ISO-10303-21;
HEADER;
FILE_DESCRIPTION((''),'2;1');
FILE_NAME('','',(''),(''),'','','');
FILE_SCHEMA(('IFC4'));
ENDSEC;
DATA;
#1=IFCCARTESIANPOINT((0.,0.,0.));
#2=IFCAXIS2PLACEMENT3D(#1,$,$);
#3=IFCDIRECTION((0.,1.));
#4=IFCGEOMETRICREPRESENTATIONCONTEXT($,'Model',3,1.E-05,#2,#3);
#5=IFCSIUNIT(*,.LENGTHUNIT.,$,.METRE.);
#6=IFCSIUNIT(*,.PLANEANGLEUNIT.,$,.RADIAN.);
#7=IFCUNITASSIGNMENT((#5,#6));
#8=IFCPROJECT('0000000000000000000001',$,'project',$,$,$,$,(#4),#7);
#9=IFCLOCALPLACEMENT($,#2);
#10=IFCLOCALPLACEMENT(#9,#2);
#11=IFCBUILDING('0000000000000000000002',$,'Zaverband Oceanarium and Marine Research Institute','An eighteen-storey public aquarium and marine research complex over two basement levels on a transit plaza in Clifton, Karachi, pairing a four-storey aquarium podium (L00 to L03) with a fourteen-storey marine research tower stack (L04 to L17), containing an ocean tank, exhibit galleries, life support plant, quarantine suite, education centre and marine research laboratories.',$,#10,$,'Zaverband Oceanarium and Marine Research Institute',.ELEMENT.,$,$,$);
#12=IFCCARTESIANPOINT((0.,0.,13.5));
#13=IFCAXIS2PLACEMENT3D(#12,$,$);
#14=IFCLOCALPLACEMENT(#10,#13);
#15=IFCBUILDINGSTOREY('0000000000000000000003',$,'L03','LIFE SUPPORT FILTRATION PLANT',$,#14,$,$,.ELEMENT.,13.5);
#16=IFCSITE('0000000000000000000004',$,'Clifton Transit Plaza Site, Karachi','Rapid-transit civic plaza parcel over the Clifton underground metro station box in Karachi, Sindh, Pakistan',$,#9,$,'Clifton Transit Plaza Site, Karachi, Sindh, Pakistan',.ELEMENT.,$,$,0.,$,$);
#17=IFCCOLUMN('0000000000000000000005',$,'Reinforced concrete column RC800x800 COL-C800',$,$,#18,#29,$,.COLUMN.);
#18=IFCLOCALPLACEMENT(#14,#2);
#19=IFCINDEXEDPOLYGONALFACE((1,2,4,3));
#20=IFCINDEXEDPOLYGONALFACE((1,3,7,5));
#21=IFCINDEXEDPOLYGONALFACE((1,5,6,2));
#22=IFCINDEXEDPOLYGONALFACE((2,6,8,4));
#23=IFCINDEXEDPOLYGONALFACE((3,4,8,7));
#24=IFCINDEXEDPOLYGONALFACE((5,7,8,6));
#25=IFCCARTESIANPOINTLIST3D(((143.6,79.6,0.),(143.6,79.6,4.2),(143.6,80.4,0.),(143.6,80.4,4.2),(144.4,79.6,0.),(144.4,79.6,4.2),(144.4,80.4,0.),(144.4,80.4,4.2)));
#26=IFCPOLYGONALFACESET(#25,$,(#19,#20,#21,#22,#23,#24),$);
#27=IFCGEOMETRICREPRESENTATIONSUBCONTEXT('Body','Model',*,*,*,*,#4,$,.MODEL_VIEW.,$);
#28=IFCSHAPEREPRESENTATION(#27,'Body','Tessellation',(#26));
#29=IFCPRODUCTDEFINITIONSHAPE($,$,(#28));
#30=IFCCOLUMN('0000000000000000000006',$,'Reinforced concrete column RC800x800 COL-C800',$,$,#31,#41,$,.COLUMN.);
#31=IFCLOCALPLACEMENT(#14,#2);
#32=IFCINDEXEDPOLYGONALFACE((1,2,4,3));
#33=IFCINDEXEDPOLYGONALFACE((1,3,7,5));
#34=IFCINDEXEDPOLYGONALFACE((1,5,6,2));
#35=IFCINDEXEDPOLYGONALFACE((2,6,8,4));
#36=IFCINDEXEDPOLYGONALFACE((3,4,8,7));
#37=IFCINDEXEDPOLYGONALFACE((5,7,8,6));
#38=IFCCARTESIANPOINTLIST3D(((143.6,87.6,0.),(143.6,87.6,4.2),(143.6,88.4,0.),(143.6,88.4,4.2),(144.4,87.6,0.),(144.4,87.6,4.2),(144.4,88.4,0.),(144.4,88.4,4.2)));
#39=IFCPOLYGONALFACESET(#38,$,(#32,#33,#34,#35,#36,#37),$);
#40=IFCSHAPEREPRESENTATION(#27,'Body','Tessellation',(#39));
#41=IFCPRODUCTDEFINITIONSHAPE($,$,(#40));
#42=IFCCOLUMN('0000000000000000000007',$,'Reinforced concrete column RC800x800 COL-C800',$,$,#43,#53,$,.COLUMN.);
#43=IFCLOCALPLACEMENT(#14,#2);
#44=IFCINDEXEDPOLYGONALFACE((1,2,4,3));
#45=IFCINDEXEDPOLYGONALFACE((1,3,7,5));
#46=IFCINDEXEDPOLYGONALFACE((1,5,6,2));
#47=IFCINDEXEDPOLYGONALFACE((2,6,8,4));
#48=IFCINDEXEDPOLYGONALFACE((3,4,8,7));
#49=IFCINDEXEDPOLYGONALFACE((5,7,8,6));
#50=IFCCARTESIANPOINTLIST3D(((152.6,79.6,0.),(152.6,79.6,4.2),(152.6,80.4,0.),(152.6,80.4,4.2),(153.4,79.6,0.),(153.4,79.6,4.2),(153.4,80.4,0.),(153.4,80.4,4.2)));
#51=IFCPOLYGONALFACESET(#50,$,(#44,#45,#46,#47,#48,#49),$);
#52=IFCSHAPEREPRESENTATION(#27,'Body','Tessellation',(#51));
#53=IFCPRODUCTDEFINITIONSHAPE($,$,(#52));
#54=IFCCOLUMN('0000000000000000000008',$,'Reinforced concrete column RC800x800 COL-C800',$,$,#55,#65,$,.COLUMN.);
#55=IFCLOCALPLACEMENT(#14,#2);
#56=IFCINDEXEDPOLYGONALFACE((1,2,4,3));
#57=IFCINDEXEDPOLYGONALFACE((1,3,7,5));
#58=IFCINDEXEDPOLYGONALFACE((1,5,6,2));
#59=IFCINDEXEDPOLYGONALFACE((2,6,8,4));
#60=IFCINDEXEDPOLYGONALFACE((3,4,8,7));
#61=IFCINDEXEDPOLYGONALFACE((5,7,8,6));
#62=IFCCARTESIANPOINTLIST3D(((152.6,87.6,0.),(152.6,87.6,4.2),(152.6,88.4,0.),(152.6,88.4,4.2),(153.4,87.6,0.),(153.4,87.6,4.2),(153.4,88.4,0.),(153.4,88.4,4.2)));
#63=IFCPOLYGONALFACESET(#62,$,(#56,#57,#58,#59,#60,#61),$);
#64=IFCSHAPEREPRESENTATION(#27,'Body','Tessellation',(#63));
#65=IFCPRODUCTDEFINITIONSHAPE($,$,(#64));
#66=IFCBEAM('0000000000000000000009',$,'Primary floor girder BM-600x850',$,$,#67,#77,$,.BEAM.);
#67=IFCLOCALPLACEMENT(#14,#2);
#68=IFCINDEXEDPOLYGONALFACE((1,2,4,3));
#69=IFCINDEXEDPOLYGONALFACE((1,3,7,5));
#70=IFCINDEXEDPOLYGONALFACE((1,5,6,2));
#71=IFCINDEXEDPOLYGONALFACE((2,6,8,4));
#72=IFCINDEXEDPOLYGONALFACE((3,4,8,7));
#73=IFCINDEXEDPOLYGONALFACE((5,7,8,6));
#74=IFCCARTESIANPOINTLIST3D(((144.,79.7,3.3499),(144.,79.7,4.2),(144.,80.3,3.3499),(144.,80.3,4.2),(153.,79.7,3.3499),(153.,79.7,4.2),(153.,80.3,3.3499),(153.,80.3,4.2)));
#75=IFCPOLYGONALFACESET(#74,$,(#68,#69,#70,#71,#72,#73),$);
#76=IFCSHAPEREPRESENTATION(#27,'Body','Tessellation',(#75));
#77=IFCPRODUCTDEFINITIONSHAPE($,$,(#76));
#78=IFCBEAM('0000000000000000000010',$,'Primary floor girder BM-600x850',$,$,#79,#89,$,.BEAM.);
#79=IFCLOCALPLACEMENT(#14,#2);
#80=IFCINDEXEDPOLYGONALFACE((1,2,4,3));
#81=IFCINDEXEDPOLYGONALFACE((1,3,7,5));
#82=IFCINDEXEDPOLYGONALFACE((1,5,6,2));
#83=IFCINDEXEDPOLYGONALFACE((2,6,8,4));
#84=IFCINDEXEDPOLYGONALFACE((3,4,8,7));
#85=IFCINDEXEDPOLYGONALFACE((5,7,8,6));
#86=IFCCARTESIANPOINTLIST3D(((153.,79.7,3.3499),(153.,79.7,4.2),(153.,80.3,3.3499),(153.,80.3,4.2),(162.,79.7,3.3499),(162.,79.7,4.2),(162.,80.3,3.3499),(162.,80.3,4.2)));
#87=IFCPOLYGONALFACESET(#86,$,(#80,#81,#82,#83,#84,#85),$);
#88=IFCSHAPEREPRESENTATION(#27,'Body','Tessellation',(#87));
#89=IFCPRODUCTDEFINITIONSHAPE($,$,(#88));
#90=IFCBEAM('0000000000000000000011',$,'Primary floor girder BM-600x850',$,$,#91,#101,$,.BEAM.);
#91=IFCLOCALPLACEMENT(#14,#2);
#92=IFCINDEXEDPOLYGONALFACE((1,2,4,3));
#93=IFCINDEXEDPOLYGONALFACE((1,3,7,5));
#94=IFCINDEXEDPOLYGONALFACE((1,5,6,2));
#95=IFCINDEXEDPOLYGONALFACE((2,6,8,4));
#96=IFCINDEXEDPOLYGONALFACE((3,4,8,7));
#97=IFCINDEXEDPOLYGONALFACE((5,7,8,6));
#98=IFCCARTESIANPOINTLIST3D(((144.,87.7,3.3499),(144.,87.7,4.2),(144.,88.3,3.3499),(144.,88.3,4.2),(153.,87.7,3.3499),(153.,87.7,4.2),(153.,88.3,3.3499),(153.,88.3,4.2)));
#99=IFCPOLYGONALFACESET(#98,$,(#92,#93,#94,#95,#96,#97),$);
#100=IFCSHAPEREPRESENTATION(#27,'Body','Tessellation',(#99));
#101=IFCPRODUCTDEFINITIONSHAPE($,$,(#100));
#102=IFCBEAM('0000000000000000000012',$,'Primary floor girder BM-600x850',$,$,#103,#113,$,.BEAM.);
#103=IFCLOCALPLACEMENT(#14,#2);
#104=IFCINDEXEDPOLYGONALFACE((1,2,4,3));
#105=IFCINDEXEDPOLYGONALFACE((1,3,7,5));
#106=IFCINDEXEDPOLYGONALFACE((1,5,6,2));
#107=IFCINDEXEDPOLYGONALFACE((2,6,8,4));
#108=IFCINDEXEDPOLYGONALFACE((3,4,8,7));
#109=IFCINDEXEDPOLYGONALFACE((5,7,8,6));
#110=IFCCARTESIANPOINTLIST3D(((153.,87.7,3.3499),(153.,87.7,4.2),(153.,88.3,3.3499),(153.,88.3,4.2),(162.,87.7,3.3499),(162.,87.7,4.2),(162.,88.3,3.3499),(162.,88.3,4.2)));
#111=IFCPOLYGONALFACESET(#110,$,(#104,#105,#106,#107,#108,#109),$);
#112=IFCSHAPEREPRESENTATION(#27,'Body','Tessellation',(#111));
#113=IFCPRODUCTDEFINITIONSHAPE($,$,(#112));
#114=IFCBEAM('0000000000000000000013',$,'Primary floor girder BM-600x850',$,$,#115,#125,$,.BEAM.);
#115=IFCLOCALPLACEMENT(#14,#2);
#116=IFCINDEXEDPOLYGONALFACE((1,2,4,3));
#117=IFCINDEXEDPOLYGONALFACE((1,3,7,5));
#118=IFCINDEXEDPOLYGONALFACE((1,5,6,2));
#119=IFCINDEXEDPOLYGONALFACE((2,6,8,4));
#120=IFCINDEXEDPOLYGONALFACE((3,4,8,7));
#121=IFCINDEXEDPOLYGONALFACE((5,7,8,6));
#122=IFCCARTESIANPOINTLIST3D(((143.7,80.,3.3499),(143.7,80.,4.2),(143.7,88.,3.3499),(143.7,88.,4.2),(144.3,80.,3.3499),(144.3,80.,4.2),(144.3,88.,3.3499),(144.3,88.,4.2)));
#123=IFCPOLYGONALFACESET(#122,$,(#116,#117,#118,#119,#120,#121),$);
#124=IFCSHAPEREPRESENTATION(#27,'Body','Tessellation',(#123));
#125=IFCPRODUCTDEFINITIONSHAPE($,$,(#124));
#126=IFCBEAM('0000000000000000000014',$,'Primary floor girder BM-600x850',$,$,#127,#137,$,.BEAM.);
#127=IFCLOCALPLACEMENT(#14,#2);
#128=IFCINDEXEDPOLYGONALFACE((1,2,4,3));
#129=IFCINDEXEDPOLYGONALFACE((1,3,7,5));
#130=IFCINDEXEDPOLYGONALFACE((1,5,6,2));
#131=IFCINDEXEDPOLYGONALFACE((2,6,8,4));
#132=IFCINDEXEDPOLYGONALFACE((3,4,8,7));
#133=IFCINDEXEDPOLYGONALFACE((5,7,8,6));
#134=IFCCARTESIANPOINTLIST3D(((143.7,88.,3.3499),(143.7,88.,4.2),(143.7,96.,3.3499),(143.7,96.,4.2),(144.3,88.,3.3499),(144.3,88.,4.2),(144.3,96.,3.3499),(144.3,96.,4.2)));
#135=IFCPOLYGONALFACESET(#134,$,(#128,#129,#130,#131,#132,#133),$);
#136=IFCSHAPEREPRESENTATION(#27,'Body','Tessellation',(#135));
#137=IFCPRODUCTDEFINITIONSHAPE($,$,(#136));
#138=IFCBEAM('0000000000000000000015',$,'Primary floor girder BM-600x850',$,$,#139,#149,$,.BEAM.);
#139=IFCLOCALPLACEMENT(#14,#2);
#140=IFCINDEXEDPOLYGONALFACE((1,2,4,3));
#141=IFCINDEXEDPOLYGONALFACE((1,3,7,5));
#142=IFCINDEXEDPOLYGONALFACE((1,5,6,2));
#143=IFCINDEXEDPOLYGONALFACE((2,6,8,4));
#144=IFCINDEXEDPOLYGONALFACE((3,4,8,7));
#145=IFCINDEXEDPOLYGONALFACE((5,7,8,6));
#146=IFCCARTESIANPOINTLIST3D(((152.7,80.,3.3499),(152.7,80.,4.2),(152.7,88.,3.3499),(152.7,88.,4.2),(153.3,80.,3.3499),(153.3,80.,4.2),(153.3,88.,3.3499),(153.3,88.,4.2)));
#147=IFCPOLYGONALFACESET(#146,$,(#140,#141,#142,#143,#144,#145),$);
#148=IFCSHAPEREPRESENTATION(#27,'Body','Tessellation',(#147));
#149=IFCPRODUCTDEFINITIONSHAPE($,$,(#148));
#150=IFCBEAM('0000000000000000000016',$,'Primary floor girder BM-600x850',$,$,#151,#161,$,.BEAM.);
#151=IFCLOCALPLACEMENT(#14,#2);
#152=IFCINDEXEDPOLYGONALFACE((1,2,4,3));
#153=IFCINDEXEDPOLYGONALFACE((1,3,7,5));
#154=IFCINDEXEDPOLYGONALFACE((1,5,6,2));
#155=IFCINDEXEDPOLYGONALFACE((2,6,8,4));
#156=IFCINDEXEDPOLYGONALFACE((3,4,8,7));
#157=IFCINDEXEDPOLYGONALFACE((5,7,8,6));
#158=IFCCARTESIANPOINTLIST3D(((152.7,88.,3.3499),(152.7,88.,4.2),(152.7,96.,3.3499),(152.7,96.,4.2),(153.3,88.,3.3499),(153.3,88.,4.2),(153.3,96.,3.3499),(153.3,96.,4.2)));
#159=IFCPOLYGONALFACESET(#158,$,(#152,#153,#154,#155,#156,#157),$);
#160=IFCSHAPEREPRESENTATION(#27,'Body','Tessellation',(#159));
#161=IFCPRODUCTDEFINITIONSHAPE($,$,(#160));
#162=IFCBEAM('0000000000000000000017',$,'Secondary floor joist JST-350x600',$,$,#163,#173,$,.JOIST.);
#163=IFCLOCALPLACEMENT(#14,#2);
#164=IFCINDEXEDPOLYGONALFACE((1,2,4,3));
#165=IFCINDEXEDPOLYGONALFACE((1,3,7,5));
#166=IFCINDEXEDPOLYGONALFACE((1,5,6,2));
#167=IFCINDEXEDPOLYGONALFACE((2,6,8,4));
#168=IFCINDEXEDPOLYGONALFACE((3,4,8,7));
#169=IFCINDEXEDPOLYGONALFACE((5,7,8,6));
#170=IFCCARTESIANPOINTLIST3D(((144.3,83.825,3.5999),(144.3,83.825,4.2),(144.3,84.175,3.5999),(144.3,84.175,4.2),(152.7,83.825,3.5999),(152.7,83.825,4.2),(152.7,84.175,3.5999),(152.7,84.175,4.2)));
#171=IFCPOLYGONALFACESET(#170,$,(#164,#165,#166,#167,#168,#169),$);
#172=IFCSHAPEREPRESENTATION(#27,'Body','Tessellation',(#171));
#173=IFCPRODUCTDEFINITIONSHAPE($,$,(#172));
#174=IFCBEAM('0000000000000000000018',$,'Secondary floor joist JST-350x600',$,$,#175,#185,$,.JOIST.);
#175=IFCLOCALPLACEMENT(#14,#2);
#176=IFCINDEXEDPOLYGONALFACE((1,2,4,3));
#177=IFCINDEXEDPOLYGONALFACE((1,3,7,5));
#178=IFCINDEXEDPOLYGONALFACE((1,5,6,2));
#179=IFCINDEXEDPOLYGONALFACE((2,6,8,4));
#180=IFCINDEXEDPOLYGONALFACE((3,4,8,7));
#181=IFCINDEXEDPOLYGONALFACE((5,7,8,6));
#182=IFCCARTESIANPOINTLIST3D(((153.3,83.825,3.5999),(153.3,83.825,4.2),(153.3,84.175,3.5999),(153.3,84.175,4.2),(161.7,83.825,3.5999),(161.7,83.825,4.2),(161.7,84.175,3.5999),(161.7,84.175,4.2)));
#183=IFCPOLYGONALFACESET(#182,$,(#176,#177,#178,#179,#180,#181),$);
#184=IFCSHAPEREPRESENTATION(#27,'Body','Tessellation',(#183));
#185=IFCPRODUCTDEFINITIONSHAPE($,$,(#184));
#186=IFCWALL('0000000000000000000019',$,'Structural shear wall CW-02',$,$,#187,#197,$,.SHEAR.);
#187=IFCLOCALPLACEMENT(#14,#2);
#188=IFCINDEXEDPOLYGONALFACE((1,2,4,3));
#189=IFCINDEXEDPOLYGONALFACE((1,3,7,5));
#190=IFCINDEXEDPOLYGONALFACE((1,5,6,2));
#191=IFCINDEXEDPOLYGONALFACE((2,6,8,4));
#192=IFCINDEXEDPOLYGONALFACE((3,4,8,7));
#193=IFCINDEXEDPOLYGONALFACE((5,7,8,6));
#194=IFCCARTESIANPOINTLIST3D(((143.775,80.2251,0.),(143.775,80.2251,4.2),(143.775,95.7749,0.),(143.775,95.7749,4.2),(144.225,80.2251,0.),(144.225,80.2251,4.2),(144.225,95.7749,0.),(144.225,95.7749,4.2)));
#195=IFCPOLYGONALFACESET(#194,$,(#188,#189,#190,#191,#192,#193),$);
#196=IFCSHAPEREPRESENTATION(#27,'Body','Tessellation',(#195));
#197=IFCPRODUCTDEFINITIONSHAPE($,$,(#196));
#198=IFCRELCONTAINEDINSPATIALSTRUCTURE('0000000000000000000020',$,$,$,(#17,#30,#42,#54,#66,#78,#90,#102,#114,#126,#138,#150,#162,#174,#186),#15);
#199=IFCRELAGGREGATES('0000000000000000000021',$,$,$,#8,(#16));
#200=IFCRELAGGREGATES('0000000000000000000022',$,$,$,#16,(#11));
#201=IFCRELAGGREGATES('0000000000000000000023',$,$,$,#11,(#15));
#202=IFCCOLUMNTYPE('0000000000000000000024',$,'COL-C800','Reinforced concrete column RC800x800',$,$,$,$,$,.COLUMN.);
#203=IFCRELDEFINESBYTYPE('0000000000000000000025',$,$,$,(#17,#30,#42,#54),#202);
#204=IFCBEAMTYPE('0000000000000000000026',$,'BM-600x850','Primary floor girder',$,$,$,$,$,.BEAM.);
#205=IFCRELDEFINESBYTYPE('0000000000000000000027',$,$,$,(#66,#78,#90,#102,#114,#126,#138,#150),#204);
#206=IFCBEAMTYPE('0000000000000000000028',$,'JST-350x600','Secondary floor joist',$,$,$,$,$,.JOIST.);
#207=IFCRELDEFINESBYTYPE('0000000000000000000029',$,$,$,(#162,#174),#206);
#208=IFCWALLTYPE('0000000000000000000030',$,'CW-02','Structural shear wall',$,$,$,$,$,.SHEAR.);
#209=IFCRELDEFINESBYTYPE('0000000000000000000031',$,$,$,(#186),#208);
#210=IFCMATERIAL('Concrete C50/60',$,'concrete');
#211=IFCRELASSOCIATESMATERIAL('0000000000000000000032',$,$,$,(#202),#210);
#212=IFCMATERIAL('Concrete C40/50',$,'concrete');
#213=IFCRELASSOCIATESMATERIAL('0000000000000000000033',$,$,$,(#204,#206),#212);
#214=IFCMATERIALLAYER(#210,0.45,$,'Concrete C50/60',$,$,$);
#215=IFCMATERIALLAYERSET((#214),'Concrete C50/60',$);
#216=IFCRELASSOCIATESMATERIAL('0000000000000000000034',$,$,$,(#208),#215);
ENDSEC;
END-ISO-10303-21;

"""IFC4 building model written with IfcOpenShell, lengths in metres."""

from ifc_helpers import new_model, si_unit, direction, frame, frame_2d, origin, origin_2d, place, context, subcontext, project, spatial, rectangle, extrude, material, layer, layer_set, material_profile, profile_set, type_object, element, save


model = new_model("IFC4")

# Units and contexts
model_context = context("Model", 3, precision=1e-05, world=origin(), true_north=direction((0.0, 1.0)))
body_context = subcontext(model_context, "Body", "Model", "MODEL_VIEW")
ifc_project = project(units=[si_unit("LENGTHUNIT", "METRE"), si_unit("PLANEANGLEUNIT", "RADIAN")], contexts=[model_context])

# Site, building, storey
site_placement = place(None, origin())
site = spatial("IfcSite", under=ifc_project, at=site_placement, Name="Clifton Transit Plaza Site, Karachi", Description="Rapid-transit civic plaza parcel over the Clifton underground metro station box in Karachi, Sindh, Pakistan", LongName="Clifton Transit Plaza Site, Karachi, Sindh, Pakistan", CompositionType="ELEMENT", RefElevation=0.0)
building_placement = place(site_placement, origin())
building = spatial("IfcBuilding", under=site, at=building_placement, Name="Zaverband Oceanarium and Marine Research Institute", Description="An eighteen-storey public aquarium and marine research complex over two basement levels on a transit plaza in Clifton, Karachi, pairing a four-storey aquarium podium (L00 to L03) with a fourteen-storey marine research tower stack (L04 to L17), containing an ocean tank, exhibit galleries, life support plant, quarantine suite, education centre and marine research laboratories.", LongName="Zaverband Oceanarium and Marine Research Institute", CompositionType="ELEMENT")
storey_placement = place(building_placement, frame((0.0, 0.0, 13.5)))
storey = spatial("IfcBuildingStorey", under=building, at=storey_placement, Name="L03", Description="LIFE SUPPORT FILTRATION PLANT", CompositionType="ELEMENT", Elevation=13.5)

# Columns
ifc_material_1 = material(Name="Concrete C50/60", Category="concrete")
ifc_material_profile_1 = material_profile(ifc_material_1, rectangle(XDim=0.8, YDim=0.8, at=origin_2d()), Name="RC800x800")
ifc_profile_set_1 = profile_set([ifc_material_profile_1], Name="Concrete C50/60")
column_type = type_object("IfcColumnType", Name="COL-C800", Description="Reinforced concrete column RC800x800", PredefinedType="COLUMN", material=ifc_profile_set_1)
for number, where, z_axis, x_axis, name in (
    (1, (144.0, 80.0, 0.0), (0.0, 0.0, 1.0), (1.0, 0.0, 0.0), "Reinforced concrete column RC800x800 COL-C800"),
    (2, (144.0, 88.0, 0.0), (0.0, 0.0, 1.0), (1.0, 0.0, 0.0), "Reinforced concrete column RC800x800 COL-C800"),
    (3, (153.0, 80.0, 0.0), (0.0, 0.0, 1.0), (1.0, 0.0, 0.0), "Reinforced concrete column RC800x800 COL-C800"),
    (4, (153.0, 88.0, 0.0), (0.0, 0.0, 1.0), (1.0, 0.0, 0.0), "Reinforced concrete column RC800x800 COL-C800"),
):
    element("IfcColumn", number, at=place(storey_placement, frame(where, z_axis=z_axis, x_axis=x_axis)), inside=storey, type_object=column_type, Name=name, PredefinedType="COLUMN", context=body_context, shape_type="SweptSolid", body=[
        extrude(rectangle(XDim=0.8, YDim=0.8, at=origin_2d()), origin(), (0.0, 0.0, 1.0), 4.2),
    ])

# Beams
ifc_material_2 = material(Name="Concrete C40/50", Category="concrete")
ifc_material_profile_2 = material_profile(ifc_material_2, rectangle(XDim=0.6001, YDim=0.8501, at=origin_2d()), Name="RC600x850")
ifc_profile_set_2 = profile_set([ifc_material_profile_2], Name="Concrete C40/50")
beam_type_1 = type_object("IfcBeamType", Name="BM-600x850", Description="Primary floor girder", PredefinedType="BEAM", material=ifc_profile_set_2)
for number, where, z_axis, x_axis, name in (
    (5, (144.0, 80.0, 3.7749), (1.0, 0.0, 0.0), (0.0, 1.0, 0.0), "Primary floor girder BM-600x850"),
    (6, (153.0, 80.0, 3.7749), (1.0, 0.0, 0.0), (0.0, 1.0, 0.0), "Primary floor girder BM-600x850"),
    (7, (144.0, 88.0, 3.7749), (1.0, 0.0, 0.0), (0.0, 1.0, 0.0), "Primary floor girder BM-600x850"),
    (8, (153.0, 88.0, 3.7749), (1.0, 0.0, 0.0), (0.0, 1.0, 0.0), "Primary floor girder BM-600x850"),
):
    element("IfcBeam", number, at=place(storey_placement, frame(where, z_axis=z_axis, x_axis=x_axis)), inside=storey, type_object=beam_type_1, Name=name, PredefinedType="BEAM", context=body_context, shape_type="SweptSolid", body=[
        extrude(rectangle(XDim=0.6001, YDim=0.8501, at=origin_2d()), origin(), (0.0, 0.0, 1.0), 9.0),
    ])
for number, where, z_axis, x_axis, name in (
    (9, (144.0, 80.0, 3.7749), (0.0, 1.0, 0.0), (-1.0, 0.0, 0.0), "Primary floor girder BM-600x850"),
    (10, (144.0, 88.0, 3.7749), (0.0, 1.0, 0.0), (-1.0, 0.0, 0.0), "Primary floor girder BM-600x850"),
    (11, (153.0, 80.0, 3.7749), (0.0, 1.0, 0.0), (-1.0, 0.0, 0.0), "Primary floor girder BM-600x850"),
    (12, (153.0, 88.0, 3.7749), (0.0, 1.0, 0.0), (-1.0, 0.0, 0.0), "Primary floor girder BM-600x850"),
):
    element("IfcBeam", number, at=place(storey_placement, frame(where, z_axis=z_axis, x_axis=x_axis)), inside=storey, type_object=beam_type_1, Name=name, PredefinedType="BEAM", context=body_context, shape_type="SweptSolid", body=[
        extrude(rectangle(XDim=0.6001, YDim=0.8501, at=origin_2d()), origin(), (0.0, 0.0, 1.0), 8.0),
    ])
ifc_material_profile_3 = material_profile(ifc_material_2, rectangle(XDim=0.3501, YDim=0.6001, at=origin_2d()), Name="RC350x600")
ifc_profile_set_3 = profile_set([ifc_material_profile_3], Name="Concrete C40/50")
beam_type_2 = type_object("IfcBeamType", Name="JST-350x600", Description="Secondary floor joist", PredefinedType="JOIST", material=ifc_profile_set_3)
for number, where, z_axis, x_axis, name in (
    (13, (144.3, 84.0, 3.8999), (1.0, 0.0, 0.0), (0.0, 1.0, 0.0), "Secondary floor joist JST-350x600"),
    (14, (153.3, 84.0, 3.8999), (1.0, 0.0, 0.0), (0.0, 1.0, 0.0), "Secondary floor joist JST-350x600"),
):
    element("IfcBeam", number, at=place(storey_placement, frame(where, z_axis=z_axis, x_axis=x_axis)), inside=storey, type_object=beam_type_2, Name=name, PredefinedType="JOIST", context=body_context, shape_type="SweptSolid", body=[
        extrude(rectangle(XDim=0.3501, YDim=0.6001, at=origin_2d()), origin(), (0.0, 0.0, 1.0), 8.3999),
    ])

# Wall
ifc_layer_1 = layer(ifc_material_1, 0.45, Name="Concrete C50/60")
ifc_layer_set_1 = layer_set([ifc_layer_1], Name="Concrete C50/60")
wall_type_1 = type_object("IfcWallType", Name="CW-02", Description="Structural shear wall", PredefinedType="SHEAR", material=ifc_layer_set_1)
wall_1_placement = place(storey_placement, frame((144.0, 80.2251, 0.0), z_axis=(0.0, 0.0, 1.0), x_axis=(0.0, 1.0, 0.0)))
element("IfcWall", 15, at=wall_1_placement, inside=storey, type_object=wall_type_1, Name="Structural shear wall CW-02", PredefinedType="SHEAR", context=body_context, shape_type="SweptSolid", body=[
    extrude(rectangle(XDim=15.5498, YDim=0.45, at=frame_2d((7.7749, 0.0))), origin(), (0.0, 0.0, 1.0), 4.2),
])

save(model, "model.ifc")
